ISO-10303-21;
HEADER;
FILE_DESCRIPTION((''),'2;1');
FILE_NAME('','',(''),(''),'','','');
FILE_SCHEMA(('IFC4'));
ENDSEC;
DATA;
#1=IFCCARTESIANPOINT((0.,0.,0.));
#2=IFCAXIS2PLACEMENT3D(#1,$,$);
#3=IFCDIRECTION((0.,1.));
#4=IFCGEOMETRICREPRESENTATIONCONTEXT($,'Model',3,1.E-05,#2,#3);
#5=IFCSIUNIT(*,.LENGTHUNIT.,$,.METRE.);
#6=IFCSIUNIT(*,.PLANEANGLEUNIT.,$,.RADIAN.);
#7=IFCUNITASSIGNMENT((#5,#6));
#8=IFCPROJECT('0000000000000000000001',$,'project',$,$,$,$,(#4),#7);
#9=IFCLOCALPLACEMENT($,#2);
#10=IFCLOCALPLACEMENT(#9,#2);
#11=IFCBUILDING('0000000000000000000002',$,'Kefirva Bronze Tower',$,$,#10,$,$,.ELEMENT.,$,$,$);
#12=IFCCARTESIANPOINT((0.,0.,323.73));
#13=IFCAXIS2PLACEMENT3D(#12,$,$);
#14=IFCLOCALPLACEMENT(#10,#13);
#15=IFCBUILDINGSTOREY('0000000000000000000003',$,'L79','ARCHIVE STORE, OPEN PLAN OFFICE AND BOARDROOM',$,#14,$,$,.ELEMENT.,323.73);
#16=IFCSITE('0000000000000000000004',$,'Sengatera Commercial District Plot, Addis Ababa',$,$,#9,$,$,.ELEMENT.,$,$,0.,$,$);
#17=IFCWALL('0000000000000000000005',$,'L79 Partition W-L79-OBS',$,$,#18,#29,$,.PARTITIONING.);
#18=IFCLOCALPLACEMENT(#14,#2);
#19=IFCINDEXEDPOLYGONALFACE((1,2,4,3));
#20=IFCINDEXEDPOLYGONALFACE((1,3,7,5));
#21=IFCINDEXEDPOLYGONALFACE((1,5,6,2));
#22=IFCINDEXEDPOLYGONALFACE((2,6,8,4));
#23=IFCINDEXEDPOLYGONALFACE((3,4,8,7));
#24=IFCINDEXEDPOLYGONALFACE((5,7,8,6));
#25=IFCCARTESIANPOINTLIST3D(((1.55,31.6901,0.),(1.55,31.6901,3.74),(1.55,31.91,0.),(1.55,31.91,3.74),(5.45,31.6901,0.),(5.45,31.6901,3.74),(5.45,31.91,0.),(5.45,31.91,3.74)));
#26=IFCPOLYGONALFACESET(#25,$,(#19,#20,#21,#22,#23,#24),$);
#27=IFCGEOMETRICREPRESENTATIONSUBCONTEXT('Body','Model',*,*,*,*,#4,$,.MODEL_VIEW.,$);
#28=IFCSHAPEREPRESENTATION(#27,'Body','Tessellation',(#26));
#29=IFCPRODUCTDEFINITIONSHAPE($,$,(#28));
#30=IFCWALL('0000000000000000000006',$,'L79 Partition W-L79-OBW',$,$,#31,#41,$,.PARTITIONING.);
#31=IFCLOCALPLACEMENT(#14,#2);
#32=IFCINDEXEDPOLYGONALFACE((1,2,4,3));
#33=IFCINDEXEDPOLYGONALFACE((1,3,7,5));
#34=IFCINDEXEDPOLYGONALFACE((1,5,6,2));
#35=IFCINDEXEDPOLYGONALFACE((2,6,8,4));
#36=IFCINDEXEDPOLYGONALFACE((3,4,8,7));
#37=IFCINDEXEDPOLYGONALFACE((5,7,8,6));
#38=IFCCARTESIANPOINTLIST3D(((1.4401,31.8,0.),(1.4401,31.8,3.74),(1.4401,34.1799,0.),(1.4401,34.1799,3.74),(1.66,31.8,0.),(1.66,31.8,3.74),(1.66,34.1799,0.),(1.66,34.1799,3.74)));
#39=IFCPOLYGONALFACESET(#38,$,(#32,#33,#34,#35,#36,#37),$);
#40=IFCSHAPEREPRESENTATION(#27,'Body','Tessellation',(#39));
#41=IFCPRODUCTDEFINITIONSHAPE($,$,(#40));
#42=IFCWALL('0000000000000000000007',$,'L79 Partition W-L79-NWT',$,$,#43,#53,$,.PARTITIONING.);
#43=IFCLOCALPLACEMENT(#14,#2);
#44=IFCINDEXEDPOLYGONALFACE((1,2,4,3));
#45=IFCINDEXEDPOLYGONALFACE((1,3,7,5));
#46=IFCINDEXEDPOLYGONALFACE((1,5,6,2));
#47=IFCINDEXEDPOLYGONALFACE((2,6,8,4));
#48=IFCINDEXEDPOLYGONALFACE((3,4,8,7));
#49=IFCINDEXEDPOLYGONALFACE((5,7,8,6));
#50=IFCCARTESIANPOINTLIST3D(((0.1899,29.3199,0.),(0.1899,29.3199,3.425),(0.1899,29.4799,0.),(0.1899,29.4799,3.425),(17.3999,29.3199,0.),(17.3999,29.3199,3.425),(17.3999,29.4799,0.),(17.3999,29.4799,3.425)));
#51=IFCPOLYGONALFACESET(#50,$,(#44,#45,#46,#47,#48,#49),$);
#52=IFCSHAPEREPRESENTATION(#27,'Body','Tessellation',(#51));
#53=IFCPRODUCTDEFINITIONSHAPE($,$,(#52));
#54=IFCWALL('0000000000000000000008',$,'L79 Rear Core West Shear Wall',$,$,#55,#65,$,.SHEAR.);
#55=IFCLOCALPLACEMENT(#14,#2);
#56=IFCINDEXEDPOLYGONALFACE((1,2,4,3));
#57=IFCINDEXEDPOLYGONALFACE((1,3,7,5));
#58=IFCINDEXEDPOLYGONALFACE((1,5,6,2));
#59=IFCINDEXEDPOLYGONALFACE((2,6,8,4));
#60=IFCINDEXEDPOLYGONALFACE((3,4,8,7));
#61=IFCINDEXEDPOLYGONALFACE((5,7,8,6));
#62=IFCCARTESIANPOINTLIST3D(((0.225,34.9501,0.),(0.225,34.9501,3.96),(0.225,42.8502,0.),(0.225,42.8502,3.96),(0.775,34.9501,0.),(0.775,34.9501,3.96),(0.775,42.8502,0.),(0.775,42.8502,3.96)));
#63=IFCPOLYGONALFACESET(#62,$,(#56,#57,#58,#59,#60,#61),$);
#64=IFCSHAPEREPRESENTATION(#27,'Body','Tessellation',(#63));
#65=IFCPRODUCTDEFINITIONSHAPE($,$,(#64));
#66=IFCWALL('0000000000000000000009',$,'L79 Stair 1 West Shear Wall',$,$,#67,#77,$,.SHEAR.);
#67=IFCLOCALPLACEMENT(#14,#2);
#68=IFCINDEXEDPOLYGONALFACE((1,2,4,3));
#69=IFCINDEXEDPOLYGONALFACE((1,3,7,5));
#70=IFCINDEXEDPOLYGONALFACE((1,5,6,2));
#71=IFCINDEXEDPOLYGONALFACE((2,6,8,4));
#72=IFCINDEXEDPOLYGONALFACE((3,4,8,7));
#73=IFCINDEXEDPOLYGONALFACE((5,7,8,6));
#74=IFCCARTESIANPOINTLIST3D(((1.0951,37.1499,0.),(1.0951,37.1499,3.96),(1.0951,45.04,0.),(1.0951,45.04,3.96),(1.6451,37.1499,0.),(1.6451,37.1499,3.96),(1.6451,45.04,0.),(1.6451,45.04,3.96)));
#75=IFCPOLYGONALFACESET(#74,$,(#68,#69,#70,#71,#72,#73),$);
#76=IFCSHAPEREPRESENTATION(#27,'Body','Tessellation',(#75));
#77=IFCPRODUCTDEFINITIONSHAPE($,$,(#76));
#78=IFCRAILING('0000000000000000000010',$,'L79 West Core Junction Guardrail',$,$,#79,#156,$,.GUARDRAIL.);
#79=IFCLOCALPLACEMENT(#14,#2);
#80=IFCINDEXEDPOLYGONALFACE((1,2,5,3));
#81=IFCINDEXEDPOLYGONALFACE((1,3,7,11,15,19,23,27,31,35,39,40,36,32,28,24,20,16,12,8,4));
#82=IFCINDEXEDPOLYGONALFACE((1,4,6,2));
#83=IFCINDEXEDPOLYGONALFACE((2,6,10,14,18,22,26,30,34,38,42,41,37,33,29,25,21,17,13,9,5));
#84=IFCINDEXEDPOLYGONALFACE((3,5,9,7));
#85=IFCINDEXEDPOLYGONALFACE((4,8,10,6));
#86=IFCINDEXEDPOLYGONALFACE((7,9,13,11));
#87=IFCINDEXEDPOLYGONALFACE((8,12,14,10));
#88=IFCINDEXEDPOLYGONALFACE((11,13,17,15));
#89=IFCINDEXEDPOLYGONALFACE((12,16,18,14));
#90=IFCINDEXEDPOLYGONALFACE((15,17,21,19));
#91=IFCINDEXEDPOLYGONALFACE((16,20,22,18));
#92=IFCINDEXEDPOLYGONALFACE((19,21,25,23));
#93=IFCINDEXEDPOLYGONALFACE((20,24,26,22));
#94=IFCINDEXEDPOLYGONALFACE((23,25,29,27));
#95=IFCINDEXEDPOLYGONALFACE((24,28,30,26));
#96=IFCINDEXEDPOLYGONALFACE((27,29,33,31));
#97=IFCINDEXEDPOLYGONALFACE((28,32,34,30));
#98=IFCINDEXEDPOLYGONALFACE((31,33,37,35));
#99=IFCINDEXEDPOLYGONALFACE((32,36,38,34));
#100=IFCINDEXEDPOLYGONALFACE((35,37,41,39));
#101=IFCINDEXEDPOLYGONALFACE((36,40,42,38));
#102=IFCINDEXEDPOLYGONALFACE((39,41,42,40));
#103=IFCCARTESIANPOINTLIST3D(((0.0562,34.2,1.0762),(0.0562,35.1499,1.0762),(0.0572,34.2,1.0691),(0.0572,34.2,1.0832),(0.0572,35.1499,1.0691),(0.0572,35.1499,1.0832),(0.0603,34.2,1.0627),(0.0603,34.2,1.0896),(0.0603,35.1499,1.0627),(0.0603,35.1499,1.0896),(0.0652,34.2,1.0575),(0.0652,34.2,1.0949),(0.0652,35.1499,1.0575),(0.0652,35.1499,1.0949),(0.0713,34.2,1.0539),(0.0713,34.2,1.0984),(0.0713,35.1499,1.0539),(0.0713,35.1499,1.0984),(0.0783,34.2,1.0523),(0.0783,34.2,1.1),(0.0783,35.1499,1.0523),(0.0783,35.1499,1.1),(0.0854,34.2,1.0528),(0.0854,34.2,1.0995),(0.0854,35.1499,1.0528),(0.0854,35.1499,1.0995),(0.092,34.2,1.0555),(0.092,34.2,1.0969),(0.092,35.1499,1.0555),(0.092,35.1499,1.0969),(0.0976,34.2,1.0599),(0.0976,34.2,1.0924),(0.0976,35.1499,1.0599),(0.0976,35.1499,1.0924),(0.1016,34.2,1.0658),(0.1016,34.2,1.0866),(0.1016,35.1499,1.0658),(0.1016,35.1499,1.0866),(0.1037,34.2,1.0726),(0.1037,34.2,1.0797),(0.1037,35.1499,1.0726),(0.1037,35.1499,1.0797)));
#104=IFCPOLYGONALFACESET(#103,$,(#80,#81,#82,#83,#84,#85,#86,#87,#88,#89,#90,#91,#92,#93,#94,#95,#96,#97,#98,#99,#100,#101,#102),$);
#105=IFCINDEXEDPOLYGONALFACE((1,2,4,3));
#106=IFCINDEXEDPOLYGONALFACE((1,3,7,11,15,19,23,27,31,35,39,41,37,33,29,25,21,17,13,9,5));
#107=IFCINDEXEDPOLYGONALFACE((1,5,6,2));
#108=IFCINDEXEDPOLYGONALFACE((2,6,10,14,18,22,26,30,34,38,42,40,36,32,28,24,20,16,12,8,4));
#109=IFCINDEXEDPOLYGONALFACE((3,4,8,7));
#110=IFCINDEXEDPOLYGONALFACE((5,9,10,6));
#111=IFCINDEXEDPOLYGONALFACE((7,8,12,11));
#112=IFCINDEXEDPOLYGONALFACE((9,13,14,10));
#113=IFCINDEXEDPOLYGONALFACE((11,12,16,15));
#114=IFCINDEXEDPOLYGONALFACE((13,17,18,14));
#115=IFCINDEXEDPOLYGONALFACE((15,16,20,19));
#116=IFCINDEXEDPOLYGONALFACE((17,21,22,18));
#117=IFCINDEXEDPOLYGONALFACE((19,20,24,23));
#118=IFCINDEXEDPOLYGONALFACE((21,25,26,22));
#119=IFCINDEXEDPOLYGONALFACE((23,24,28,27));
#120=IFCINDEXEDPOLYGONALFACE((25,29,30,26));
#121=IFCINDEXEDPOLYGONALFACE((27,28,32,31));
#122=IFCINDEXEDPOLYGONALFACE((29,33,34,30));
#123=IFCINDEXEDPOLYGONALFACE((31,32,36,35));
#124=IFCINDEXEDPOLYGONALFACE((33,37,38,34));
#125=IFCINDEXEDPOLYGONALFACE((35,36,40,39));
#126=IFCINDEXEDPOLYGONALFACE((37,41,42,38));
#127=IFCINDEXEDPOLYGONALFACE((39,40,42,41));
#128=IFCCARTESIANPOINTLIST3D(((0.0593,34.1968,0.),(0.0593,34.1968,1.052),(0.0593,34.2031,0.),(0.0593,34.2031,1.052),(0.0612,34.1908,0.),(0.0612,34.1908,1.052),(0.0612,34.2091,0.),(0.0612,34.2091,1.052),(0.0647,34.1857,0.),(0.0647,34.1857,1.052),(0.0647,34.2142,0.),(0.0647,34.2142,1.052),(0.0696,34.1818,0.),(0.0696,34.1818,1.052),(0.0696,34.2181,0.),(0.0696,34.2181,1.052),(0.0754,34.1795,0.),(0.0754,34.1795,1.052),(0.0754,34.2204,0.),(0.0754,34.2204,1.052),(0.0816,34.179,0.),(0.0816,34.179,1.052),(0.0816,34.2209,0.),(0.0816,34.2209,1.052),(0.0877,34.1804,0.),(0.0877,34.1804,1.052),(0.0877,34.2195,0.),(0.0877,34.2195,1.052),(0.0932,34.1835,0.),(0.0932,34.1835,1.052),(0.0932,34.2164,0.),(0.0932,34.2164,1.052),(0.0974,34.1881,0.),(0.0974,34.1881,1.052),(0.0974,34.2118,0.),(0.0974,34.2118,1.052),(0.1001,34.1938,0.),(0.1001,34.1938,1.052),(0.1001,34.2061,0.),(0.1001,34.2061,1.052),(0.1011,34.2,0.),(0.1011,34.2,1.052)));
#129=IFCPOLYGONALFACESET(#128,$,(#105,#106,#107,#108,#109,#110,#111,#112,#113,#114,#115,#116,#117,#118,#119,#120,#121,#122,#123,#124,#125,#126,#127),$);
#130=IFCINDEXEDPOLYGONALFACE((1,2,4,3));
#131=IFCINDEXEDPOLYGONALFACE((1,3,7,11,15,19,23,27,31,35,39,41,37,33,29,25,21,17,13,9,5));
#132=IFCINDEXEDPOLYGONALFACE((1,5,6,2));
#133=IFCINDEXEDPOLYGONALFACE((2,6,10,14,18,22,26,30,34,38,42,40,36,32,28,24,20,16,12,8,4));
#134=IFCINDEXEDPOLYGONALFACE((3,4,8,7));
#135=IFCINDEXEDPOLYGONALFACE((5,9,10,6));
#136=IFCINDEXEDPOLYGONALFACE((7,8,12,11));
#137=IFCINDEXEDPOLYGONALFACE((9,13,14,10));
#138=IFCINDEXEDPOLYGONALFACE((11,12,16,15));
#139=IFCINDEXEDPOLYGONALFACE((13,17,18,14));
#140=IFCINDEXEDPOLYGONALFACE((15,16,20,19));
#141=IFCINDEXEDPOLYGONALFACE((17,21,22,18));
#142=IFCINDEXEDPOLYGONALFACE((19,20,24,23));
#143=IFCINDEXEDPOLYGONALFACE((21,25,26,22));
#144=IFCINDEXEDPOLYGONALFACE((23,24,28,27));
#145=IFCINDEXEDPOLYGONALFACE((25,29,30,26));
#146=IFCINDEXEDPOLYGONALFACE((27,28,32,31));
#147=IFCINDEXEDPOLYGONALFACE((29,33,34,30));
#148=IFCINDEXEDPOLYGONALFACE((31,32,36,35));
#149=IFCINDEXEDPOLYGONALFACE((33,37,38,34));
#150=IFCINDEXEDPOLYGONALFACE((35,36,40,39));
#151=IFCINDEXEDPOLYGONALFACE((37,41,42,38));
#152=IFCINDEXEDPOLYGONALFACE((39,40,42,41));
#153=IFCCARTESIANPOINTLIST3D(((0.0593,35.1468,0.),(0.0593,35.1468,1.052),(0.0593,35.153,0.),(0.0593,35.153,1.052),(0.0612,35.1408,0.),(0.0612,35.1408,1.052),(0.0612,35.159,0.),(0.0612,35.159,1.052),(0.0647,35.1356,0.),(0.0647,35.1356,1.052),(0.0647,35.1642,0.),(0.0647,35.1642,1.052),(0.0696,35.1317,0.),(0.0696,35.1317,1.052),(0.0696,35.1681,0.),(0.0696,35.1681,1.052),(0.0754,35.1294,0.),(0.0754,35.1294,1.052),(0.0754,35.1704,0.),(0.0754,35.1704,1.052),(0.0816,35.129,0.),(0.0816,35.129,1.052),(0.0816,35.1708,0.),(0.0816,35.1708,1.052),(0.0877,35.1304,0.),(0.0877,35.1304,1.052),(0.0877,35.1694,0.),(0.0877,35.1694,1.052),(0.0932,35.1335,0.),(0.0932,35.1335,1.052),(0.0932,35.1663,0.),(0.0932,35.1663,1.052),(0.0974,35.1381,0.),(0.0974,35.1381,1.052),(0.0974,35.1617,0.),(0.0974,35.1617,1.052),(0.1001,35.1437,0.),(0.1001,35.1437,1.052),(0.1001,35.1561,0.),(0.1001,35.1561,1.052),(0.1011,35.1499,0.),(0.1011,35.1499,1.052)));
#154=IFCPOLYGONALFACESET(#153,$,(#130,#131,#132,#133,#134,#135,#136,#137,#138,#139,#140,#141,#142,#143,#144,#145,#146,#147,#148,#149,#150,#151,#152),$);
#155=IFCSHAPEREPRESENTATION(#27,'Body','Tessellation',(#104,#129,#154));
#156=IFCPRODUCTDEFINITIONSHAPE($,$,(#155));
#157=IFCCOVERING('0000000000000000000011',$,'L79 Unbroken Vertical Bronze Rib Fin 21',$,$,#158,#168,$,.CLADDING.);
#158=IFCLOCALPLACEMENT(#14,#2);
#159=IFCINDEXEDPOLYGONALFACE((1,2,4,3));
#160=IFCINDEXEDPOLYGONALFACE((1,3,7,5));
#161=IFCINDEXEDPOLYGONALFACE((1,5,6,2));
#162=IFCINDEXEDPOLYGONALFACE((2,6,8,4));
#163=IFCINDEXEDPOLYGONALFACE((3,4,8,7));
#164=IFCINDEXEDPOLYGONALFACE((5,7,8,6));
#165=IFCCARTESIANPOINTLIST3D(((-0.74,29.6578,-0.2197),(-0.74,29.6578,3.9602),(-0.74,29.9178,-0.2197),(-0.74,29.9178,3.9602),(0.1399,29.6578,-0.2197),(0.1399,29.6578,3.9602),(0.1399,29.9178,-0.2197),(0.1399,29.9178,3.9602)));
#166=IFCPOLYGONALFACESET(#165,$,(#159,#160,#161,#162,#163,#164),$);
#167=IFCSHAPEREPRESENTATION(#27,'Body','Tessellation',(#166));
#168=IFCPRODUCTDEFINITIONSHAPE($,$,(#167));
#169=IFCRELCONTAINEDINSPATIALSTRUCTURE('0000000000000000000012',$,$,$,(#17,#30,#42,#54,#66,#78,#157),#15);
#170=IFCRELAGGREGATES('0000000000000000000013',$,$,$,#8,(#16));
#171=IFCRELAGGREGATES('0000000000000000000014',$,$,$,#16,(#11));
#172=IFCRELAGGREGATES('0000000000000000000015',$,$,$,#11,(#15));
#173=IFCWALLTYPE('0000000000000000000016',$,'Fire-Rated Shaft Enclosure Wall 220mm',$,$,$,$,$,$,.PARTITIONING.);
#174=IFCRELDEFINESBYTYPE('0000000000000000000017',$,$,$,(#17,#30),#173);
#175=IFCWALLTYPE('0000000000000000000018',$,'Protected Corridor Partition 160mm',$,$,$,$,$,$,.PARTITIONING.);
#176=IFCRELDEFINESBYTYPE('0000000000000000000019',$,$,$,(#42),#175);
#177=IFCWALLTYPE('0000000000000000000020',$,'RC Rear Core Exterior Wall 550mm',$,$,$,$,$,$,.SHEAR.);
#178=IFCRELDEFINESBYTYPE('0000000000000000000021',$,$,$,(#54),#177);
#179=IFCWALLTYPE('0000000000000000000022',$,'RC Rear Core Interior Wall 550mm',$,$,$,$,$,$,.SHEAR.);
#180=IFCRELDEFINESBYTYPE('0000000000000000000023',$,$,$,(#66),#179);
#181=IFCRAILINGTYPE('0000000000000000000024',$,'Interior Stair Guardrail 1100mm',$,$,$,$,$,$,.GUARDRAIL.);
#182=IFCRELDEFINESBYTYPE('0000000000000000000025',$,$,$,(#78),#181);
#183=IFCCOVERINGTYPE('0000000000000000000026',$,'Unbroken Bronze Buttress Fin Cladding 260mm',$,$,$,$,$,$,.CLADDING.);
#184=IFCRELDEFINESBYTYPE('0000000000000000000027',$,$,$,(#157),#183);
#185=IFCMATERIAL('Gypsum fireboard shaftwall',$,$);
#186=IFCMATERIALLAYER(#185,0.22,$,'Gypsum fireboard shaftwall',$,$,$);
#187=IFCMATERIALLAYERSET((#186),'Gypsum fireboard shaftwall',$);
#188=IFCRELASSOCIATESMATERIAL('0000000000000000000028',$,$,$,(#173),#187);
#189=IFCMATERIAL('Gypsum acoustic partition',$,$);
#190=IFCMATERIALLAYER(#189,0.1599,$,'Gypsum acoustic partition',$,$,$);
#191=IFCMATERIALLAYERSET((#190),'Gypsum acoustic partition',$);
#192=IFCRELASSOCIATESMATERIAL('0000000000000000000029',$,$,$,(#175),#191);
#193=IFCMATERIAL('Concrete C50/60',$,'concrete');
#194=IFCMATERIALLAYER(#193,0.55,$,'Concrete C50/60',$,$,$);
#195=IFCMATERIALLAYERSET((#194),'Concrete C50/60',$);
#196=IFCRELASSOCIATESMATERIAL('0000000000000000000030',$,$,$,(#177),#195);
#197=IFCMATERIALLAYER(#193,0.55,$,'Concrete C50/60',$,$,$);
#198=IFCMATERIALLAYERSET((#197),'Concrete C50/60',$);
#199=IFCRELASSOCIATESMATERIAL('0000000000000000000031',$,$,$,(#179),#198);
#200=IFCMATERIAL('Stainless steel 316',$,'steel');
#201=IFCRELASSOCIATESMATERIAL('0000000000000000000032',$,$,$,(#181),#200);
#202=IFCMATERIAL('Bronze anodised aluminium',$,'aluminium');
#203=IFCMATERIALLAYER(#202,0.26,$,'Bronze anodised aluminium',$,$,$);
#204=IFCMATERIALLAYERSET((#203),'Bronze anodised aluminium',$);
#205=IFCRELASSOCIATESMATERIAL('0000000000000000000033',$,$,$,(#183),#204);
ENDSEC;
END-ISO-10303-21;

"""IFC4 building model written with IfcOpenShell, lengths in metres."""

from ifc_helpers import new_model, si_unit, direction, frame, frame_2d, origin, origin_2d, place, context, subcontext, project, spatial, rectangle, circle, extrude, material, layer, layer_set, type_object, element, save


model = new_model("IFC4")

# Units and contexts
model_context = context("Model", 3, precision=1e-05, world=origin(), true_north=direction((0.0, 1.0)))
body_context = subcontext(model_context, "Body", "Model", "MODEL_VIEW")
ifc_project = project(units=[si_unit("LENGTHUNIT", "METRE"), si_unit("PLANEANGLEUNIT", "RADIAN")], contexts=[model_context])

# Site, building, storey
site_placement = place(None, origin())
site = spatial("IfcSite", under=ifc_project, at=site_placement, Name="Sengatera Commercial District Plot, Addis Ababa", CompositionType="ELEMENT", RefElevation=0.0)
building_placement = place(site_placement, origin())
building = spatial("IfcBuilding", under=site, at=building_placement, Name="Kefirva Bronze Tower", CompositionType="ELEMENT")
storey_placement = place(building_placement, frame((0.0, 0.0, 323.73)))
storey = spatial("IfcBuildingStorey", under=building, at=storey_placement, Name="L79", Description="ARCHIVE STORE, OPEN PLAN OFFICE AND BOARDROOM", CompositionType="ELEMENT", Elevation=323.73)

# Shared definitions
ifc_material_1 = material(Name="Concrete C50/60", Category="concrete")

# Shared definitions
ifc_material_2 = material(Name="Bronze anodised aluminium", Category="aluminium")

# Walls
ifc_material_3 = material(Name="Gypsum fireboard shaftwall")
ifc_layer_1 = layer(ifc_material_3, 0.22, Name="Gypsum fireboard shaftwall")
ifc_layer_set_1 = layer_set([ifc_layer_1], Name="Gypsum fireboard shaftwall")
wall_type_1 = type_object("IfcWallType", Name="Fire-Rated Shaft Enclosure Wall 220mm", PredefinedType="PARTITIONING", material=ifc_layer_set_1)
wall_1_placement = place(storey_placement, frame((1.55, 31.8, 0.0), z_axis=(0.0, 0.0, 1.0), x_axis=(1.0, 0.0, 0.0)))
element("IfcWall", 1, at=wall_1_placement, inside=storey, type_object=wall_type_1, Name="L79 Partition W-L79-OBS", PredefinedType="PARTITIONING", context=body_context, shape_type="SweptSolid", body=[
    extrude(rectangle(XDim=3.8999, YDim=0.22, at=frame_2d((1.95, 0.0))), origin(), (0.0, 0.0, 1.0), 3.74),
])
wall_2_placement = place(storey_placement, frame((1.55, 31.8, 0.0), z_axis=(0.0, 0.0, 1.0), x_axis=(0.0, 1.0, 0.0)))
element("IfcWall", 2, at=wall_2_placement, inside=storey, type_object=wall_type_1, Name="L79 Partition W-L79-OBW", PredefinedType="PARTITIONING", context=body_context, shape_type="SweptSolid", body=[
    extrude(rectangle(XDim=2.3799, YDim=0.22, at=frame_2d((1.1899, 0.0))), origin(), (0.0, 0.0, 1.0), 3.74),
])
ifc_material_4 = material(Name="Gypsum acoustic partition")
ifc_layer_2 = layer(ifc_material_4, 0.1599, Name="Gypsum acoustic partition")
ifc_layer_set_2 = layer_set([ifc_layer_2], Name="Gypsum acoustic partition")
wall_type_2 = type_object("IfcWallType", Name="Protected Corridor Partition 160mm", PredefinedType="PARTITIONING", material=ifc_layer_set_2)
wall_3_placement = place(storey_placement, frame((0.1899, 29.3999, 0.0), z_axis=(0.0, 0.0, 1.0), x_axis=(1.0, 0.0, 0.0)))
element("IfcWall", 3, at=wall_3_placement, inside=storey, type_object=wall_type_2, Name="L79 Partition W-L79-NWT", PredefinedType="PARTITIONING", context=body_context, shape_type="SweptSolid", body=[
    extrude(rectangle(XDim=17.21, YDim=0.1599, at=frame_2d((8.605, 0.0))), origin(), (0.0, 0.0, 1.0), 3.425),
])
ifc_layer_3 = layer(ifc_material_1, 0.55, Name="Concrete C50/60")
ifc_layer_set_3 = layer_set([ifc_layer_3], Name="Concrete C50/60")
wall_type_3 = type_object("IfcWallType", Name="RC Rear Core Exterior Wall 550mm", PredefinedType="SHEAR", material=ifc_layer_set_3)
wall_4_placement = place(storey_placement, frame((0.5, 34.95, 0.0), z_axis=(0.0, 0.0, 1.0), x_axis=(0.0, 1.0, 0.0)))
element("IfcWall", 4, at=wall_4_placement, inside=storey, type_object=wall_type_3, Name="L79 Rear Core West Shear Wall", PredefinedType="SHEAR", context=body_context, shape_type="SweptSolid", body=[
    extrude(rectangle(XDim=7.9001, YDim=0.55, at=frame_2d((3.9502, 0.0))), origin(), (0.0, 0.0, 1.0), 3.96),
])

# Shared definitions
ifc_layer_4 = layer(ifc_material_1, 0.55, Name="Concrete C50/60")
ifc_layer_set_4 = layer_set([ifc_layer_4], Name="Concrete C50/60")
wall_type_4 = type_object("IfcWallType", Name="RC Rear Core Interior Wall 550mm", PredefinedType="SHEAR", material=ifc_layer_set_4)

# Wall
wall_5_placement = place(storey_placement, frame((1.3701, 37.1499, 0.0), z_axis=(0.0, 0.0, 1.0), x_axis=(0.0, 1.0, 0.0)))
element("IfcWall", 5, at=wall_5_placement, inside=storey, type_object=wall_type_4, Name="L79 Stair 1 West Shear Wall", PredefinedType="SHEAR", context=body_context, shape_type="SweptSolid", body=[
    extrude(rectangle(XDim=7.8901, YDim=0.55, at=frame_2d((3.9451, 0.0))), origin(), (0.0, 0.0, 1.0), 3.96),
])

# Railing
ifc_material_5 = material(Name="Stainless steel 316", Category="steel")
railing_type = type_object("IfcRailingType", Name="Interior Stair Guardrail 1100mm", PredefinedType="GUARDRAIL", material=ifc_material_5)
railing_placement = place(storey_placement, frame((0.0801, 34.2, 0.0)))
element("IfcRailing", 6, at=railing_placement, inside=storey, type_object=railing_type, Name="L79 West Core Junction Guardrail", PredefinedType="GUARDRAIL", context=body_context, shape_type="SweptSolid", body=[
    extrude(circle(Radius=0.0239, at=origin_2d()), frame((0.0, 0.0, 1.0762), z_axis=(0.0, 1.0, 0.0), x_axis=(-1.0, 0.0, 0.0)), (0.0, 0.0, 1.0), 0.95),
    extrude(circle(Radius=0.021, at=origin_2d()), origin(), (0.0, 0.0, 1.0), 1.052),
    extrude(circle(Radius=0.021, at=origin_2d()), frame((0.0, 0.95, 0.0)), (0.0, 0.0, 1.0), 1.052),
])

# Covering
ifc_layer_5 = layer(ifc_material_2, 0.26, Name="Bronze anodised aluminium")
ifc_layer_set_5 = layer_set([ifc_layer_5], Name="Bronze anodised aluminium")
covering_type = type_object("IfcCoveringType", Name="Unbroken Bronze Buttress Fin Cladding 260mm", PredefinedType="CLADDING", material=ifc_layer_set_5)
covering_placement = place(storey_placement, frame((-0.3, 29.7878, -0.2197), z_axis=(0.0, 0.0, 1.0), x_axis=(0.0, -1.0, 0.0)))
element("IfcCovering", 7, at=covering_placement, inside=storey, type_object=covering_type, Name="L79 Unbroken Vertical Bronze Rib Fin 21", PredefinedType="CLADDING", context=body_context, shape_type="SweptSolid", body=[
    extrude(rectangle(XDim=0.26, YDim=0.8799, at=origin_2d()), origin(), (0.0, 0.0, 1.0), 4.1799),
])

save(model, "model.ifc")
